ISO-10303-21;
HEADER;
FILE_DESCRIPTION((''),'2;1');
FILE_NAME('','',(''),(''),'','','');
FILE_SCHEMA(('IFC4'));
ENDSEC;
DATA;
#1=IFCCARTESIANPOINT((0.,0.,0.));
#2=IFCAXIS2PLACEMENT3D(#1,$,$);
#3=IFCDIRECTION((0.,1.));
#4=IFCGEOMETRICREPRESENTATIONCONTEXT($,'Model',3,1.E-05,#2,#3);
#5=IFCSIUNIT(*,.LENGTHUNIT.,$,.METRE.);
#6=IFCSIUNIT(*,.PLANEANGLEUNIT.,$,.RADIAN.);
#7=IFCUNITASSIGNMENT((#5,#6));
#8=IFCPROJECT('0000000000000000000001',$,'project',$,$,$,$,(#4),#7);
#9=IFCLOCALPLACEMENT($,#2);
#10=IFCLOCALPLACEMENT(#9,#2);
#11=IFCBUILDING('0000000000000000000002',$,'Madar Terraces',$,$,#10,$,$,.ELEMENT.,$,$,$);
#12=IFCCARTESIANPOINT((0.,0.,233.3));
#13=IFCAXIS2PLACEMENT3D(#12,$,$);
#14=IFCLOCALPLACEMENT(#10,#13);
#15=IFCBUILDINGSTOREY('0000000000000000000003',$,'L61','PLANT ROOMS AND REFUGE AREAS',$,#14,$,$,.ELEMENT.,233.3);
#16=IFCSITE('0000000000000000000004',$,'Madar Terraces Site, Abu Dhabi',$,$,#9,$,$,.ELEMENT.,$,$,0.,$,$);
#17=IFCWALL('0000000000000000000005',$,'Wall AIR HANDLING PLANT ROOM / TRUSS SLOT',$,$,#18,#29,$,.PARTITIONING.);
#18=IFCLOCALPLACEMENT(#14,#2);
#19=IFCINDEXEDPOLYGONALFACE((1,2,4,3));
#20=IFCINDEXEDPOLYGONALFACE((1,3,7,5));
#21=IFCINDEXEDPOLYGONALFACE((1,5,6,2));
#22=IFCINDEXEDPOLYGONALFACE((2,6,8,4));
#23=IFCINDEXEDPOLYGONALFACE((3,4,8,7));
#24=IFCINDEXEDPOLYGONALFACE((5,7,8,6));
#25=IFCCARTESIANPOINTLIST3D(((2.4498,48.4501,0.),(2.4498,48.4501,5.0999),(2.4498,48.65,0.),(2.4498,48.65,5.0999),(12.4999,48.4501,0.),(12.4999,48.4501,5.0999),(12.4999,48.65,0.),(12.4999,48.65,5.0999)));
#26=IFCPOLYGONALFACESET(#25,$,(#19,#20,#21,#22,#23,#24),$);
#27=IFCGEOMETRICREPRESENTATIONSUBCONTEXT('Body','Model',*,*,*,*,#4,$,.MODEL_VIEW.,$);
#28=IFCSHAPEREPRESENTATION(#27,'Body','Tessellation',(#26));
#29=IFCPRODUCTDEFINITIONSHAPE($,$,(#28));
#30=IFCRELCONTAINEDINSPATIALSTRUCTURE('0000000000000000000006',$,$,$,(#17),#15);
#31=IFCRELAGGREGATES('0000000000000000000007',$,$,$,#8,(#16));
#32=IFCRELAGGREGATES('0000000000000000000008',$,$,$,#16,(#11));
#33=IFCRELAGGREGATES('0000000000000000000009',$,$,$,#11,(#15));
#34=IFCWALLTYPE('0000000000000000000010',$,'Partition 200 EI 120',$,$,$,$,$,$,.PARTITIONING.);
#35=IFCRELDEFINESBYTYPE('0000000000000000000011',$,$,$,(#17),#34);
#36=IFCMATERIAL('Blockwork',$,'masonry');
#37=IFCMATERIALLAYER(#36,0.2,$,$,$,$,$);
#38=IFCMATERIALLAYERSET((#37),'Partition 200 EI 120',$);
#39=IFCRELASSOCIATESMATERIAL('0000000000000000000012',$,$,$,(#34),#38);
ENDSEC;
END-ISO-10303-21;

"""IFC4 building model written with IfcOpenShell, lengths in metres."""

from ifc_helpers import new_model, si_unit, direction, frame, frame_2d, origin, place, context, subcontext, project, spatial, rectangle, extrude, material, layer, layer_set, type_object, element, save


model = new_model("IFC4")

# Units and contexts
model_context = context("Model", 3, precision=1e-05, world=origin(), true_north=direction((0.0, 1.0)))
body_context = subcontext(model_context, "Body", "Model", "MODEL_VIEW")
ifc_project = project(units=[si_unit("LENGTHUNIT", "METRE"), si_unit("PLANEANGLEUNIT", "RADIAN")], contexts=[model_context])

# Site, building, storey
site_placement = place(None, origin())
site = spatial("IfcSite", under=ifc_project, at=site_placement, Name="Madar Terraces Site, Abu Dhabi", CompositionType="ELEMENT", RefElevation=0.0)
building_placement = place(site_placement, origin())
building = spatial("IfcBuilding", under=site, at=building_placement, Name="Madar Terraces", CompositionType="ELEMENT")
storey_placement = place(building_placement, frame((0.0, 0.0, 233.3)))
storey = spatial("IfcBuildingStorey", under=building, at=storey_placement, Name="L61", Description="PLANT ROOMS AND REFUGE AREAS", CompositionType="ELEMENT", Elevation=233.3)

# Wall
ifc_material_1 = material(Name="Blockwork", Category="masonry")
ifc_layer_1 = layer(ifc_material_1, 0.2)
ifc_layer_set_1 = layer_set([ifc_layer_1], Name="Partition 200 EI 120")
wall_type = type_object("IfcWallType", Name="Partition 200 EI 120", PredefinedType="PARTITIONING", material=ifc_layer_set_1)
wall_1_placement = place(storey_placement, frame((2.45, 48.55, 0.0), z_axis=(0.0, 0.0, 1.0), x_axis=(1.0, 0.0, 0.0)))
element("IfcWall", 1, at=wall_1_placement, inside=storey, type_object=wall_type, Name="Wall AIR HANDLING PLANT ROOM / TRUSS SLOT", PredefinedType="PARTITIONING", context=body_context, shape_type="SweptSolid", body=[
    extrude(rectangle(XDim=10.05, YDim=0.2, at=frame_2d((5.0249, 0.0))), origin(), (0.0, 0.0, 1.0), 5.0999),
])

save(model, "model.ifc")
